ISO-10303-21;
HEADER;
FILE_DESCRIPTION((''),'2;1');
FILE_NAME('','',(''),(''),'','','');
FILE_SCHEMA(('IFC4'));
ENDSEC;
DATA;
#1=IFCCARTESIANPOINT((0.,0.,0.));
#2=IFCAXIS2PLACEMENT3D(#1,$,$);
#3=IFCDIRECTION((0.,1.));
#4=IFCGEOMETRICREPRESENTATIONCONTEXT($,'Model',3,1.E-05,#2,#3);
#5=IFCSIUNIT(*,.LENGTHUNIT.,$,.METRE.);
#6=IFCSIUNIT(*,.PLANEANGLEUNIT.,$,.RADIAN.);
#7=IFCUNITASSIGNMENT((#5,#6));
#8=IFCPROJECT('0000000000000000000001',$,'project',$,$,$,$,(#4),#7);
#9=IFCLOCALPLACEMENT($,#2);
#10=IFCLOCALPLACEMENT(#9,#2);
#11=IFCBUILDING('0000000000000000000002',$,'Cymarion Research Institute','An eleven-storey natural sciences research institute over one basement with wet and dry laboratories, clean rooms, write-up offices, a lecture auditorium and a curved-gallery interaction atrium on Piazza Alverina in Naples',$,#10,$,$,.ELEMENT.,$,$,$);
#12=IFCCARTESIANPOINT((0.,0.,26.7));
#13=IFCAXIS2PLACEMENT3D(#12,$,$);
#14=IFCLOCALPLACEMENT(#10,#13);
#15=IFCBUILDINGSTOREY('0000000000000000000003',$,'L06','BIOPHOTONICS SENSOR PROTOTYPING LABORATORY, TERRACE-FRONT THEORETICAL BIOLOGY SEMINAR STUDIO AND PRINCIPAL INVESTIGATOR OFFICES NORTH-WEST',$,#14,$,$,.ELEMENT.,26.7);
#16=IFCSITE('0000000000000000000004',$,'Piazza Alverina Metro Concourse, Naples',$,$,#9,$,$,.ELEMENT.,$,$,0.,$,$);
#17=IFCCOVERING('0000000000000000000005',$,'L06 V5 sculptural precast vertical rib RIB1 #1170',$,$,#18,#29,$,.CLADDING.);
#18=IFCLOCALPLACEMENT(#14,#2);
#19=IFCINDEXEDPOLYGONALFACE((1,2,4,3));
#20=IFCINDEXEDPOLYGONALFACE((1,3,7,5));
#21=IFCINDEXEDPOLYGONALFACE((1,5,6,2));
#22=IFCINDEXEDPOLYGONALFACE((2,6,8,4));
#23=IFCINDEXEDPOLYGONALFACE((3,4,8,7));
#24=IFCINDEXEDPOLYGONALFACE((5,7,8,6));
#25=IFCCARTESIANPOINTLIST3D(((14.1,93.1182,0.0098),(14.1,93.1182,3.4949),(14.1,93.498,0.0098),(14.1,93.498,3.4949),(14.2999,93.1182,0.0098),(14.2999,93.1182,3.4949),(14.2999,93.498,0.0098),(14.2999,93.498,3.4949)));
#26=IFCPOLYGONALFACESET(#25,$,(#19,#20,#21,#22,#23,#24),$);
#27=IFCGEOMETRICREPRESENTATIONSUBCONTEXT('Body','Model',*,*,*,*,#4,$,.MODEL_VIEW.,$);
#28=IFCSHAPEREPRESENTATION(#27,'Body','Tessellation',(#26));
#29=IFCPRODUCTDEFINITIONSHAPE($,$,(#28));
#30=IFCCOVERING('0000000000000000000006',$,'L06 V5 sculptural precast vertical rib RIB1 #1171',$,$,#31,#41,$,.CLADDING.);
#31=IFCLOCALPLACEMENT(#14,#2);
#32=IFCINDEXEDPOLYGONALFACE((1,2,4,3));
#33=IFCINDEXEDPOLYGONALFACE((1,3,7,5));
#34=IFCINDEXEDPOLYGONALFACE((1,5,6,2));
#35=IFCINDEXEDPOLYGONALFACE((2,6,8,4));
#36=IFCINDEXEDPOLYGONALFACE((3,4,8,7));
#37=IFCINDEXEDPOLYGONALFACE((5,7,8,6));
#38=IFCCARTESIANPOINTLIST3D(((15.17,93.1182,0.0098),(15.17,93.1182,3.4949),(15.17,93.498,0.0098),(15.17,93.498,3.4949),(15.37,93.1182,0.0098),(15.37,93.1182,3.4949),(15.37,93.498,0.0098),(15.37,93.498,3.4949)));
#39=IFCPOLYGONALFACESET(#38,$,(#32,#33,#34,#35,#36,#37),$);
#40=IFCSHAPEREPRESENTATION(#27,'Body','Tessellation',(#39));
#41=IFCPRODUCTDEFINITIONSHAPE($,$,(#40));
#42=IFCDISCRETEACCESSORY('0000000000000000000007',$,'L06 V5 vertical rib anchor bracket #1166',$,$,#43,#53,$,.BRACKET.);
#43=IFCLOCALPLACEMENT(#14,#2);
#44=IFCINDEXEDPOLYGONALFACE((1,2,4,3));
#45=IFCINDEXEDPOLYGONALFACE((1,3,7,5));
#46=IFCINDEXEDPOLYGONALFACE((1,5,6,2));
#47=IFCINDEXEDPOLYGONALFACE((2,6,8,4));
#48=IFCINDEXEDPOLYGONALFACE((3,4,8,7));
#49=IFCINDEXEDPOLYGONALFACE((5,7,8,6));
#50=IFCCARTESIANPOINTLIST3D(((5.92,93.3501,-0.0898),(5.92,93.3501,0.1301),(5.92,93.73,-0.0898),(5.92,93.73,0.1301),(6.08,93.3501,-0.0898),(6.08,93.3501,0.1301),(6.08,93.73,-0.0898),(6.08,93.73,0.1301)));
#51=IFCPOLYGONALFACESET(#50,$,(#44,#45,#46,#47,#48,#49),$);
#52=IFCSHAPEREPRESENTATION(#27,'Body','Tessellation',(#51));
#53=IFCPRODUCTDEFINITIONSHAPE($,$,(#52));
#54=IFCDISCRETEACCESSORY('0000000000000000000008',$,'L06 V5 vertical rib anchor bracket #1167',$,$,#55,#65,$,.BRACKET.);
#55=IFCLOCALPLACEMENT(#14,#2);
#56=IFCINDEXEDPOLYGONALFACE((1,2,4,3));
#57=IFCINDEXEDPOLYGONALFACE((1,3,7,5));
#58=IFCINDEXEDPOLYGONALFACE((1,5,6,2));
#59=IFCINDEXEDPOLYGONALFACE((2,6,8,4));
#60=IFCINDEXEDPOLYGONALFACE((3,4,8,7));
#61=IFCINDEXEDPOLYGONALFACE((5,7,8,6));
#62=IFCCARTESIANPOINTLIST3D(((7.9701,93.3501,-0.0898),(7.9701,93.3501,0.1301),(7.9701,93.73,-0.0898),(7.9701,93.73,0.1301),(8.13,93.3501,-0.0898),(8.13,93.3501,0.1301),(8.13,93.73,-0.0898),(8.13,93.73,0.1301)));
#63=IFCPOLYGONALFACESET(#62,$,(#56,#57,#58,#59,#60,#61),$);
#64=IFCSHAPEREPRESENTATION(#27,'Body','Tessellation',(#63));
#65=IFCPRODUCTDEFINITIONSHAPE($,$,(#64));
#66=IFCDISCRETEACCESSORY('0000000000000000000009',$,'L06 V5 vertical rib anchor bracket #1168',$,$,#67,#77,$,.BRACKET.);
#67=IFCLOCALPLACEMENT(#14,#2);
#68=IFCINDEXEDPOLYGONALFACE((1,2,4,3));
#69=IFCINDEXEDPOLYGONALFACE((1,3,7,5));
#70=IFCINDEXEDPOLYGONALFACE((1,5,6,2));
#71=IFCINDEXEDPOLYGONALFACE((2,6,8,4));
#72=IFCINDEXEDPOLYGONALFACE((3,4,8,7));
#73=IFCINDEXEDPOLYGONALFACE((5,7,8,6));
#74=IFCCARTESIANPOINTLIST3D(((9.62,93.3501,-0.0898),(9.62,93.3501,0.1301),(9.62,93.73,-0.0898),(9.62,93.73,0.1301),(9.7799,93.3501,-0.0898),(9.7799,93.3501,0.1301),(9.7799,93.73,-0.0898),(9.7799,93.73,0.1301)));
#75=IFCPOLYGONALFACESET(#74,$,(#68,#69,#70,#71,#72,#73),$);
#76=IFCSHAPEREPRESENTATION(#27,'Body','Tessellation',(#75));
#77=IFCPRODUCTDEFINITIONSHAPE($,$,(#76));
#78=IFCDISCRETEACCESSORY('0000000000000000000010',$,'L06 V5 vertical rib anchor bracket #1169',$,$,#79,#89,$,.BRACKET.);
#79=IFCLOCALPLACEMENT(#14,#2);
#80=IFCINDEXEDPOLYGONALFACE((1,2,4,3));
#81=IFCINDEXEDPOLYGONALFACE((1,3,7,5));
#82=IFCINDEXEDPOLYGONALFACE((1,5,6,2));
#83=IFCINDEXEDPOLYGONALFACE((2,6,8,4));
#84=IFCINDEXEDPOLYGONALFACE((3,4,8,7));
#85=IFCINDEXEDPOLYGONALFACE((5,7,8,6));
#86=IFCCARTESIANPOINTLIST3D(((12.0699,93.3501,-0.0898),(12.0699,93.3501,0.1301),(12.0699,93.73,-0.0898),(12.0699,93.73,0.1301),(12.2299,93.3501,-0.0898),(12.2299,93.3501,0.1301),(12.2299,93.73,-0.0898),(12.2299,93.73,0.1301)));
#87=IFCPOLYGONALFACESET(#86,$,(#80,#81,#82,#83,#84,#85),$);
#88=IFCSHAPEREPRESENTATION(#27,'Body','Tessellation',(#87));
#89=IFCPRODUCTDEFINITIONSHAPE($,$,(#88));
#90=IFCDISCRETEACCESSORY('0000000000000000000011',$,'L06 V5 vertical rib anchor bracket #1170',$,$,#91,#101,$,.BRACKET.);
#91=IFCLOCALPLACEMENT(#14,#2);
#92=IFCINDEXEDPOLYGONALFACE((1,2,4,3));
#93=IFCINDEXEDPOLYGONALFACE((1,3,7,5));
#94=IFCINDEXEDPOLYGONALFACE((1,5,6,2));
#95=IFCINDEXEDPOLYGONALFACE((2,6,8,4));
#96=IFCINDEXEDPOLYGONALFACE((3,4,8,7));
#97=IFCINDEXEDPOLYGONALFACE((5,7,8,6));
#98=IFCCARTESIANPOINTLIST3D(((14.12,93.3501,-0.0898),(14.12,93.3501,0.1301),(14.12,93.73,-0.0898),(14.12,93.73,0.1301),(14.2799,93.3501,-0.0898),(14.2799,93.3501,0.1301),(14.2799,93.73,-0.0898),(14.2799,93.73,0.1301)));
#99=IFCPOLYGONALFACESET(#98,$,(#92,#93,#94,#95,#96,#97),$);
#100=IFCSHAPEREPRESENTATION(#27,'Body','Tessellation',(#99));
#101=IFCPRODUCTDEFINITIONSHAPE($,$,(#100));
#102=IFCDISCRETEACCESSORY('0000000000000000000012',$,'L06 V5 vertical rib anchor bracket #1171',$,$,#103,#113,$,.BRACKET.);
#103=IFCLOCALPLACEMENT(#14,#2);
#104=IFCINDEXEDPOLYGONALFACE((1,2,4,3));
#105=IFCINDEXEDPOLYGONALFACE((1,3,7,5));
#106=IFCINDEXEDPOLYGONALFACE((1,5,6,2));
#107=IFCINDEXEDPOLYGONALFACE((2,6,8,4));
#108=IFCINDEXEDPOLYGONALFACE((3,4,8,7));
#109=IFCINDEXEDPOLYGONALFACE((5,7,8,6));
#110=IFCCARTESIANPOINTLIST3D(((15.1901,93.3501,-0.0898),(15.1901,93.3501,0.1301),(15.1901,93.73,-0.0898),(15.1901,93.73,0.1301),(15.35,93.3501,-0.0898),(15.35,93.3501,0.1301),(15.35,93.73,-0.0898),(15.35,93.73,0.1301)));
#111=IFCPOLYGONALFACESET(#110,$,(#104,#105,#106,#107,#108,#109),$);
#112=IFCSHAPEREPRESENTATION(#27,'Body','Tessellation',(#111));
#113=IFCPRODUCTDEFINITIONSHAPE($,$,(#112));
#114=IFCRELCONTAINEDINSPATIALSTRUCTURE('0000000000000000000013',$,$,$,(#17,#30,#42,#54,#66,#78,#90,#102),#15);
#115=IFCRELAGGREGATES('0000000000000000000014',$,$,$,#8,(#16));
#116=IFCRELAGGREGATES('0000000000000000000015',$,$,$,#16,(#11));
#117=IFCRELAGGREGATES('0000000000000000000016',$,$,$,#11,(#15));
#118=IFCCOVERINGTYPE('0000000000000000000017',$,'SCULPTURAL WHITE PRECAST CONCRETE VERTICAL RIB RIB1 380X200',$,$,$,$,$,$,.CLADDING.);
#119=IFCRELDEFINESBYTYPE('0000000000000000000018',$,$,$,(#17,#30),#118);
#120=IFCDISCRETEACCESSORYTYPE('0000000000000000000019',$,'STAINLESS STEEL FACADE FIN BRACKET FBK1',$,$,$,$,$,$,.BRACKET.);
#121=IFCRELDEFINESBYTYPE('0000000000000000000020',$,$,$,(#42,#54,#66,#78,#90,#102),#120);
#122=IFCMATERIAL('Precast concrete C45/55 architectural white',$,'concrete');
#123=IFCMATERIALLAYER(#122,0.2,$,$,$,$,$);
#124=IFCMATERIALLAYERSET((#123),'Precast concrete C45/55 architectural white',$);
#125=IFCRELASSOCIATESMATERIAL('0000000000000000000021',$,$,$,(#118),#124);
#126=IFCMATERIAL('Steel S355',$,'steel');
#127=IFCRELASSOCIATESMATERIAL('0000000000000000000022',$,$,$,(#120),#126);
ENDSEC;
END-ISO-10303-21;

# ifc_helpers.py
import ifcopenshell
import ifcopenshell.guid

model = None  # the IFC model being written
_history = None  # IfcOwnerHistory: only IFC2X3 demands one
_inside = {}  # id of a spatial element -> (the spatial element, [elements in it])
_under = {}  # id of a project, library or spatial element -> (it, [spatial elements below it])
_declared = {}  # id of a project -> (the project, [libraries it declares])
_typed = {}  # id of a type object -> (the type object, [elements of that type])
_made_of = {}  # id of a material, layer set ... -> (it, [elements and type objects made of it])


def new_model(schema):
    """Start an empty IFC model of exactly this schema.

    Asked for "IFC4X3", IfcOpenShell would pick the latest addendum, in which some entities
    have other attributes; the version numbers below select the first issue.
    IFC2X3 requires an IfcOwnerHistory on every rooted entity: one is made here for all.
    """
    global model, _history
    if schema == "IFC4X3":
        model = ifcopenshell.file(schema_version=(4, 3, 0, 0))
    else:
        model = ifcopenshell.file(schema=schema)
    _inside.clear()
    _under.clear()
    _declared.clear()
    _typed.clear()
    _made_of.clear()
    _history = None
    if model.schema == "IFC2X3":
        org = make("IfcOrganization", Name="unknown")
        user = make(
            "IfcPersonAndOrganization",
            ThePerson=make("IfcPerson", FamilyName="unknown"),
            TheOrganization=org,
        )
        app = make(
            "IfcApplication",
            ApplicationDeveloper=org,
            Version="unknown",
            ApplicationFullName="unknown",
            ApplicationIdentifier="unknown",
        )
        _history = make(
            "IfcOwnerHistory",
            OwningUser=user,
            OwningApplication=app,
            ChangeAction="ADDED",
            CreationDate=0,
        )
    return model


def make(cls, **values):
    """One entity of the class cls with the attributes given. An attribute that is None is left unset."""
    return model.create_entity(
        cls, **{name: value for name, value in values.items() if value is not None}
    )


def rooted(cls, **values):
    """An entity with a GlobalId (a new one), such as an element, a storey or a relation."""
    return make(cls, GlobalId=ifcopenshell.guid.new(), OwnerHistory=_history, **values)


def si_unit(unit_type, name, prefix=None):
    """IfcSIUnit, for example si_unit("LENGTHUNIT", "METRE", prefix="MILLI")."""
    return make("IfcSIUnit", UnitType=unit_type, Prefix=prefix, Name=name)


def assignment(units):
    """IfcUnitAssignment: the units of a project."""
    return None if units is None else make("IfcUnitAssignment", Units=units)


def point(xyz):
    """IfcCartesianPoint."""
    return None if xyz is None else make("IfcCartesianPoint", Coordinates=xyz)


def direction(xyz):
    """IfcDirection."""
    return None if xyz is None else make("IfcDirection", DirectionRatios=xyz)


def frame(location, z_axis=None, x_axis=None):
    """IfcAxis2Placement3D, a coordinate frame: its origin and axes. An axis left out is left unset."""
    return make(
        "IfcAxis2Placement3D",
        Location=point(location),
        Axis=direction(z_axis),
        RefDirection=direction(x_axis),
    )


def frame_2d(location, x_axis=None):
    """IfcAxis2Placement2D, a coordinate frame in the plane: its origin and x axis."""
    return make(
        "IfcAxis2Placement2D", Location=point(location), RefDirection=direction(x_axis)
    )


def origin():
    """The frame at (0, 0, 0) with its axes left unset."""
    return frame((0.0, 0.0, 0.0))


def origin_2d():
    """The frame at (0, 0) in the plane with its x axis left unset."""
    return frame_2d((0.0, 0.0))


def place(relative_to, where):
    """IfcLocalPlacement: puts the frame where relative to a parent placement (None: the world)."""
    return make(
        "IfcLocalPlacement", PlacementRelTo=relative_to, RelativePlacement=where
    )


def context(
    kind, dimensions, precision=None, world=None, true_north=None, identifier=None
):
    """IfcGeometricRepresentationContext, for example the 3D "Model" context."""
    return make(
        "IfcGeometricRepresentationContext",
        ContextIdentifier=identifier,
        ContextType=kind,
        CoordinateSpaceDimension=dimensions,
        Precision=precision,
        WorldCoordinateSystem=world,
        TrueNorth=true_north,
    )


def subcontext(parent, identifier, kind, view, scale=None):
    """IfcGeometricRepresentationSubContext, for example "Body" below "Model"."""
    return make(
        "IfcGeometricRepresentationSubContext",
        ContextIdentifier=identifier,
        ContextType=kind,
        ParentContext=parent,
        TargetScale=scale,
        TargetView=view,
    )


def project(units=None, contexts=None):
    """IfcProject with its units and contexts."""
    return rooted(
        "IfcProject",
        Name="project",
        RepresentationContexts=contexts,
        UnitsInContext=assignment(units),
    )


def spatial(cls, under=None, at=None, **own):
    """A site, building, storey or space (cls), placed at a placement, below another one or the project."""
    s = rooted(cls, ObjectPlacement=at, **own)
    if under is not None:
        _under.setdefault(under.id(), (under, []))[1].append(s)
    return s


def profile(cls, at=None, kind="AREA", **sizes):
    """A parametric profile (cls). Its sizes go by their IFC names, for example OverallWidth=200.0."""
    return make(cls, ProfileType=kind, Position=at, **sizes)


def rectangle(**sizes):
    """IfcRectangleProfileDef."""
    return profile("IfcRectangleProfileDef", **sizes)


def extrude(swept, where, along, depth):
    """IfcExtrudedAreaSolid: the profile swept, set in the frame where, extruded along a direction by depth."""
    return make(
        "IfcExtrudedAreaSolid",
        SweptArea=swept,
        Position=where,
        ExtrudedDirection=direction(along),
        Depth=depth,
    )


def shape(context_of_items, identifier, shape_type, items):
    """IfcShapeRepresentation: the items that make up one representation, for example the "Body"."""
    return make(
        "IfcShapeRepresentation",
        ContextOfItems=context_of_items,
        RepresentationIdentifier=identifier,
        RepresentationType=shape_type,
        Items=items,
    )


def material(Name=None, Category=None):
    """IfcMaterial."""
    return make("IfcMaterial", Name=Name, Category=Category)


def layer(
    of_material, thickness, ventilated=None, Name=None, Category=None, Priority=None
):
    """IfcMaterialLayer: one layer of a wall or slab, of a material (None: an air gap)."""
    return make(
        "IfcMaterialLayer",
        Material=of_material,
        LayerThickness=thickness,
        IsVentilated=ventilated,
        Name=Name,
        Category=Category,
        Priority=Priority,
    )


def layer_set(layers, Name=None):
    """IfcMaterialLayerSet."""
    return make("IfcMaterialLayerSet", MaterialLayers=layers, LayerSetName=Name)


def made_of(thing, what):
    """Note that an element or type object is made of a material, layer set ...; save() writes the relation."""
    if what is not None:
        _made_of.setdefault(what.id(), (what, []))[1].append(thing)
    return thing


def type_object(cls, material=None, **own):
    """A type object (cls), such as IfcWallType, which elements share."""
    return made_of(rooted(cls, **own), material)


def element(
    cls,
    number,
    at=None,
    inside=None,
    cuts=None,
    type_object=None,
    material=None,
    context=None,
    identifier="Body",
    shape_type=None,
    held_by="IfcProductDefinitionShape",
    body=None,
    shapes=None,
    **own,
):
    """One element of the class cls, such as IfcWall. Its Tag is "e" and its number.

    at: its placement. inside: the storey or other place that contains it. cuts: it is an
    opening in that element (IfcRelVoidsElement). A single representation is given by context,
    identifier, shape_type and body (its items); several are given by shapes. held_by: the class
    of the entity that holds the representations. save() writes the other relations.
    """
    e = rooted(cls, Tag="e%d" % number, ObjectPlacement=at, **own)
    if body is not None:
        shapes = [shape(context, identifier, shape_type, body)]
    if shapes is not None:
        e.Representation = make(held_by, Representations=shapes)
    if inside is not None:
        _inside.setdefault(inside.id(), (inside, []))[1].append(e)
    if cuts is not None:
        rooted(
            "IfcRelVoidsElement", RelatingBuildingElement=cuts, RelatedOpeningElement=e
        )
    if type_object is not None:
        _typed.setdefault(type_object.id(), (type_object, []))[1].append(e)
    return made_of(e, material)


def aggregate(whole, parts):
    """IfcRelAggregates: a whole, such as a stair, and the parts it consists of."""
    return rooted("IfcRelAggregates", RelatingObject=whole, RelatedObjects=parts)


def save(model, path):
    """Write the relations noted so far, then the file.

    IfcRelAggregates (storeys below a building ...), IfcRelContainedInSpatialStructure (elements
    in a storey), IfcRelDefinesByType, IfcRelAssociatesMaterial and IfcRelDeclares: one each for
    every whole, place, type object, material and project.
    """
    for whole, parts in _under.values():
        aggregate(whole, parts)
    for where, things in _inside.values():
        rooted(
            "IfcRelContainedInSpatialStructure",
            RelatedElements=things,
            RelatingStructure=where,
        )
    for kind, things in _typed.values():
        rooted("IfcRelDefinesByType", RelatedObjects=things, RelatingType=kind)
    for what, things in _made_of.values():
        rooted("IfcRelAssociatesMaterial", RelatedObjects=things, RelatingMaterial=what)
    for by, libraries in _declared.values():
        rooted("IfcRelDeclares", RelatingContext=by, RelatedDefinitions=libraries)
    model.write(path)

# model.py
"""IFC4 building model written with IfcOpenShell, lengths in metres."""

from ifc_helpers import new_model, si_unit, direction, frame, origin, origin_2d, place, context, subcontext, project, spatial, rectangle, extrude, material, layer, layer_set, type_object, element, save


model = new_model("IFC4")

# Units and contexts
model_context = context("Model", 3, precision=1e-05, world=origin(), true_north=direction((0.0, 1.0)))
body_context = subcontext(model_context, "Body", "Model", "MODEL_VIEW")
ifc_project = project(units=[si_unit("LENGTHUNIT", "METRE"), si_unit("PLANEANGLEUNIT", "RADIAN")], contexts=[model_context])

# Site, building, storey
site_placement = place(None, origin())
site = spatial("IfcSite", under=ifc_project, at=site_placement, Name="Piazza Alverina Metro Concourse, Naples", CompositionType="ELEMENT", RefElevation=0.0)
building_placement = place(site_placement, origin())
building = spatial("IfcBuilding", under=site, at=building_placement, Name="Cymarion Research Institute", Description="An eleven-storey natural sciences research institute over one basement with wet and dry laboratories, clean rooms, write-up offices, a lecture auditorium and a curved-gallery interaction atrium on Piazza Alverina in Naples", CompositionType="ELEMENT")
storey_placement = place(building_placement, frame((0.0, 0.0, 26.7)))
storey = spatial("IfcBuildingStorey", under=building, at=storey_placement, Name="L06", Description="BIOPHOTONICS SENSOR PROTOTYPING LABORATORY, TERRACE-FRONT THEORETICAL BIOLOGY SEMINAR STUDIO AND PRINCIPAL INVESTIGATOR OFFICES NORTH-WEST", CompositionType="ELEMENT", Elevation=26.7)

# Shared definitions
ifc_material_1 = material(Name="Steel S355", Category="steel")

# Coverings
ifc_material_2 = material(Name="Precast concrete C45/55 architectural white", Category="concrete")
ifc_layer = layer(ifc_material_2, 0.2)
ifc_layer_set = layer_set([ifc_layer], Name="Precast concrete C45/55 architectural white")
covering_type = type_object("IfcCoveringType", Name="SCULPTURAL WHITE PRECAST CONCRETE VERTICAL RIB RIB1 380X200", PredefinedType="CLADDING", material=ifc_layer_set)
for number, where, z_axis, x_axis, name in (
    (1, (14.2, 93.3081, 0.0098), (0.0, 0.0, 1.0), (0.0, -1.0, 0.0), "L06 V5 sculptural precast vertical rib RIB1 #1170"),
    (2, (15.27, 93.3081, 0.0098), (0.0, 0.0, 1.0), (0.0, -1.0, 0.0), "L06 V5 sculptural precast vertical rib RIB1 #1171"),
):
    element("IfcCovering", number, at=place(storey_placement, frame(where, z_axis=z_axis, x_axis=x_axis)), inside=storey, type_object=covering_type, Name=name, PredefinedType="CLADDING", context=body_context, shape_type="SweptSolid", body=[
        extrude(rectangle(XDim=0.3799, YDim=0.2, at=origin_2d()), origin(), (0.0, 0.0, 1.0), 3.4851),
    ])

# Discrete accessories
discrete_accessory_type = type_object("IfcDiscreteAccessoryType", Name="STAINLESS STEEL FACADE FIN BRACKET FBK1", PredefinedType="BRACKET", material=ifc_material_1)
for number, where, z_axis, x_axis, name in (
    (3, (6.0, 93.54, -0.0898), (0.0, 0.0, 1.0), (0.0, -1.0, 0.0), "L06 V5 vertical rib anchor bracket #1166"),
    (4, (8.05, 93.54, -0.0898), (0.0, 0.0, 1.0), (0.0, -1.0, 0.0), "L06 V5 vertical rib anchor bracket #1167"),
    (5, (9.7, 93.54, -0.0898), (0.0, 0.0, 1.0), (0.0, -1.0, 0.0), "L06 V5 vertical rib anchor bracket #1168"),
    (6, (12.1499, 93.54, -0.0898), (0.0, 0.0, 1.0), (0.0, -1.0, 0.0), "L06 V5 vertical rib anchor bracket #1169"),
    (7, (14.2, 93.54, -0.0898), (0.0, 0.0, 1.0), (0.0, -1.0, 0.0), "L06 V5 vertical rib anchor bracket #1170"),
    (8, (15.27, 93.54, -0.0898), (0.0, 0.0, 1.0), (0.0, -1.0, 0.0), "L06 V5 vertical rib anchor bracket #1171"),
):
    element("IfcDiscreteAccessory", number, at=place(storey_placement, frame(where, z_axis=z_axis, x_axis=x_axis)), inside=storey, type_object=discrete_accessory_type, Name=name, PredefinedType="BRACKET", context=body_context, shape_type="SweptSolid", body=[
        extrude(rectangle(XDim=0.3799, YDim=0.1599, at=origin_2d()), origin(), (0.0, 0.0, 1.0), 0.22),
    ])

save(model, "model.ifc")
